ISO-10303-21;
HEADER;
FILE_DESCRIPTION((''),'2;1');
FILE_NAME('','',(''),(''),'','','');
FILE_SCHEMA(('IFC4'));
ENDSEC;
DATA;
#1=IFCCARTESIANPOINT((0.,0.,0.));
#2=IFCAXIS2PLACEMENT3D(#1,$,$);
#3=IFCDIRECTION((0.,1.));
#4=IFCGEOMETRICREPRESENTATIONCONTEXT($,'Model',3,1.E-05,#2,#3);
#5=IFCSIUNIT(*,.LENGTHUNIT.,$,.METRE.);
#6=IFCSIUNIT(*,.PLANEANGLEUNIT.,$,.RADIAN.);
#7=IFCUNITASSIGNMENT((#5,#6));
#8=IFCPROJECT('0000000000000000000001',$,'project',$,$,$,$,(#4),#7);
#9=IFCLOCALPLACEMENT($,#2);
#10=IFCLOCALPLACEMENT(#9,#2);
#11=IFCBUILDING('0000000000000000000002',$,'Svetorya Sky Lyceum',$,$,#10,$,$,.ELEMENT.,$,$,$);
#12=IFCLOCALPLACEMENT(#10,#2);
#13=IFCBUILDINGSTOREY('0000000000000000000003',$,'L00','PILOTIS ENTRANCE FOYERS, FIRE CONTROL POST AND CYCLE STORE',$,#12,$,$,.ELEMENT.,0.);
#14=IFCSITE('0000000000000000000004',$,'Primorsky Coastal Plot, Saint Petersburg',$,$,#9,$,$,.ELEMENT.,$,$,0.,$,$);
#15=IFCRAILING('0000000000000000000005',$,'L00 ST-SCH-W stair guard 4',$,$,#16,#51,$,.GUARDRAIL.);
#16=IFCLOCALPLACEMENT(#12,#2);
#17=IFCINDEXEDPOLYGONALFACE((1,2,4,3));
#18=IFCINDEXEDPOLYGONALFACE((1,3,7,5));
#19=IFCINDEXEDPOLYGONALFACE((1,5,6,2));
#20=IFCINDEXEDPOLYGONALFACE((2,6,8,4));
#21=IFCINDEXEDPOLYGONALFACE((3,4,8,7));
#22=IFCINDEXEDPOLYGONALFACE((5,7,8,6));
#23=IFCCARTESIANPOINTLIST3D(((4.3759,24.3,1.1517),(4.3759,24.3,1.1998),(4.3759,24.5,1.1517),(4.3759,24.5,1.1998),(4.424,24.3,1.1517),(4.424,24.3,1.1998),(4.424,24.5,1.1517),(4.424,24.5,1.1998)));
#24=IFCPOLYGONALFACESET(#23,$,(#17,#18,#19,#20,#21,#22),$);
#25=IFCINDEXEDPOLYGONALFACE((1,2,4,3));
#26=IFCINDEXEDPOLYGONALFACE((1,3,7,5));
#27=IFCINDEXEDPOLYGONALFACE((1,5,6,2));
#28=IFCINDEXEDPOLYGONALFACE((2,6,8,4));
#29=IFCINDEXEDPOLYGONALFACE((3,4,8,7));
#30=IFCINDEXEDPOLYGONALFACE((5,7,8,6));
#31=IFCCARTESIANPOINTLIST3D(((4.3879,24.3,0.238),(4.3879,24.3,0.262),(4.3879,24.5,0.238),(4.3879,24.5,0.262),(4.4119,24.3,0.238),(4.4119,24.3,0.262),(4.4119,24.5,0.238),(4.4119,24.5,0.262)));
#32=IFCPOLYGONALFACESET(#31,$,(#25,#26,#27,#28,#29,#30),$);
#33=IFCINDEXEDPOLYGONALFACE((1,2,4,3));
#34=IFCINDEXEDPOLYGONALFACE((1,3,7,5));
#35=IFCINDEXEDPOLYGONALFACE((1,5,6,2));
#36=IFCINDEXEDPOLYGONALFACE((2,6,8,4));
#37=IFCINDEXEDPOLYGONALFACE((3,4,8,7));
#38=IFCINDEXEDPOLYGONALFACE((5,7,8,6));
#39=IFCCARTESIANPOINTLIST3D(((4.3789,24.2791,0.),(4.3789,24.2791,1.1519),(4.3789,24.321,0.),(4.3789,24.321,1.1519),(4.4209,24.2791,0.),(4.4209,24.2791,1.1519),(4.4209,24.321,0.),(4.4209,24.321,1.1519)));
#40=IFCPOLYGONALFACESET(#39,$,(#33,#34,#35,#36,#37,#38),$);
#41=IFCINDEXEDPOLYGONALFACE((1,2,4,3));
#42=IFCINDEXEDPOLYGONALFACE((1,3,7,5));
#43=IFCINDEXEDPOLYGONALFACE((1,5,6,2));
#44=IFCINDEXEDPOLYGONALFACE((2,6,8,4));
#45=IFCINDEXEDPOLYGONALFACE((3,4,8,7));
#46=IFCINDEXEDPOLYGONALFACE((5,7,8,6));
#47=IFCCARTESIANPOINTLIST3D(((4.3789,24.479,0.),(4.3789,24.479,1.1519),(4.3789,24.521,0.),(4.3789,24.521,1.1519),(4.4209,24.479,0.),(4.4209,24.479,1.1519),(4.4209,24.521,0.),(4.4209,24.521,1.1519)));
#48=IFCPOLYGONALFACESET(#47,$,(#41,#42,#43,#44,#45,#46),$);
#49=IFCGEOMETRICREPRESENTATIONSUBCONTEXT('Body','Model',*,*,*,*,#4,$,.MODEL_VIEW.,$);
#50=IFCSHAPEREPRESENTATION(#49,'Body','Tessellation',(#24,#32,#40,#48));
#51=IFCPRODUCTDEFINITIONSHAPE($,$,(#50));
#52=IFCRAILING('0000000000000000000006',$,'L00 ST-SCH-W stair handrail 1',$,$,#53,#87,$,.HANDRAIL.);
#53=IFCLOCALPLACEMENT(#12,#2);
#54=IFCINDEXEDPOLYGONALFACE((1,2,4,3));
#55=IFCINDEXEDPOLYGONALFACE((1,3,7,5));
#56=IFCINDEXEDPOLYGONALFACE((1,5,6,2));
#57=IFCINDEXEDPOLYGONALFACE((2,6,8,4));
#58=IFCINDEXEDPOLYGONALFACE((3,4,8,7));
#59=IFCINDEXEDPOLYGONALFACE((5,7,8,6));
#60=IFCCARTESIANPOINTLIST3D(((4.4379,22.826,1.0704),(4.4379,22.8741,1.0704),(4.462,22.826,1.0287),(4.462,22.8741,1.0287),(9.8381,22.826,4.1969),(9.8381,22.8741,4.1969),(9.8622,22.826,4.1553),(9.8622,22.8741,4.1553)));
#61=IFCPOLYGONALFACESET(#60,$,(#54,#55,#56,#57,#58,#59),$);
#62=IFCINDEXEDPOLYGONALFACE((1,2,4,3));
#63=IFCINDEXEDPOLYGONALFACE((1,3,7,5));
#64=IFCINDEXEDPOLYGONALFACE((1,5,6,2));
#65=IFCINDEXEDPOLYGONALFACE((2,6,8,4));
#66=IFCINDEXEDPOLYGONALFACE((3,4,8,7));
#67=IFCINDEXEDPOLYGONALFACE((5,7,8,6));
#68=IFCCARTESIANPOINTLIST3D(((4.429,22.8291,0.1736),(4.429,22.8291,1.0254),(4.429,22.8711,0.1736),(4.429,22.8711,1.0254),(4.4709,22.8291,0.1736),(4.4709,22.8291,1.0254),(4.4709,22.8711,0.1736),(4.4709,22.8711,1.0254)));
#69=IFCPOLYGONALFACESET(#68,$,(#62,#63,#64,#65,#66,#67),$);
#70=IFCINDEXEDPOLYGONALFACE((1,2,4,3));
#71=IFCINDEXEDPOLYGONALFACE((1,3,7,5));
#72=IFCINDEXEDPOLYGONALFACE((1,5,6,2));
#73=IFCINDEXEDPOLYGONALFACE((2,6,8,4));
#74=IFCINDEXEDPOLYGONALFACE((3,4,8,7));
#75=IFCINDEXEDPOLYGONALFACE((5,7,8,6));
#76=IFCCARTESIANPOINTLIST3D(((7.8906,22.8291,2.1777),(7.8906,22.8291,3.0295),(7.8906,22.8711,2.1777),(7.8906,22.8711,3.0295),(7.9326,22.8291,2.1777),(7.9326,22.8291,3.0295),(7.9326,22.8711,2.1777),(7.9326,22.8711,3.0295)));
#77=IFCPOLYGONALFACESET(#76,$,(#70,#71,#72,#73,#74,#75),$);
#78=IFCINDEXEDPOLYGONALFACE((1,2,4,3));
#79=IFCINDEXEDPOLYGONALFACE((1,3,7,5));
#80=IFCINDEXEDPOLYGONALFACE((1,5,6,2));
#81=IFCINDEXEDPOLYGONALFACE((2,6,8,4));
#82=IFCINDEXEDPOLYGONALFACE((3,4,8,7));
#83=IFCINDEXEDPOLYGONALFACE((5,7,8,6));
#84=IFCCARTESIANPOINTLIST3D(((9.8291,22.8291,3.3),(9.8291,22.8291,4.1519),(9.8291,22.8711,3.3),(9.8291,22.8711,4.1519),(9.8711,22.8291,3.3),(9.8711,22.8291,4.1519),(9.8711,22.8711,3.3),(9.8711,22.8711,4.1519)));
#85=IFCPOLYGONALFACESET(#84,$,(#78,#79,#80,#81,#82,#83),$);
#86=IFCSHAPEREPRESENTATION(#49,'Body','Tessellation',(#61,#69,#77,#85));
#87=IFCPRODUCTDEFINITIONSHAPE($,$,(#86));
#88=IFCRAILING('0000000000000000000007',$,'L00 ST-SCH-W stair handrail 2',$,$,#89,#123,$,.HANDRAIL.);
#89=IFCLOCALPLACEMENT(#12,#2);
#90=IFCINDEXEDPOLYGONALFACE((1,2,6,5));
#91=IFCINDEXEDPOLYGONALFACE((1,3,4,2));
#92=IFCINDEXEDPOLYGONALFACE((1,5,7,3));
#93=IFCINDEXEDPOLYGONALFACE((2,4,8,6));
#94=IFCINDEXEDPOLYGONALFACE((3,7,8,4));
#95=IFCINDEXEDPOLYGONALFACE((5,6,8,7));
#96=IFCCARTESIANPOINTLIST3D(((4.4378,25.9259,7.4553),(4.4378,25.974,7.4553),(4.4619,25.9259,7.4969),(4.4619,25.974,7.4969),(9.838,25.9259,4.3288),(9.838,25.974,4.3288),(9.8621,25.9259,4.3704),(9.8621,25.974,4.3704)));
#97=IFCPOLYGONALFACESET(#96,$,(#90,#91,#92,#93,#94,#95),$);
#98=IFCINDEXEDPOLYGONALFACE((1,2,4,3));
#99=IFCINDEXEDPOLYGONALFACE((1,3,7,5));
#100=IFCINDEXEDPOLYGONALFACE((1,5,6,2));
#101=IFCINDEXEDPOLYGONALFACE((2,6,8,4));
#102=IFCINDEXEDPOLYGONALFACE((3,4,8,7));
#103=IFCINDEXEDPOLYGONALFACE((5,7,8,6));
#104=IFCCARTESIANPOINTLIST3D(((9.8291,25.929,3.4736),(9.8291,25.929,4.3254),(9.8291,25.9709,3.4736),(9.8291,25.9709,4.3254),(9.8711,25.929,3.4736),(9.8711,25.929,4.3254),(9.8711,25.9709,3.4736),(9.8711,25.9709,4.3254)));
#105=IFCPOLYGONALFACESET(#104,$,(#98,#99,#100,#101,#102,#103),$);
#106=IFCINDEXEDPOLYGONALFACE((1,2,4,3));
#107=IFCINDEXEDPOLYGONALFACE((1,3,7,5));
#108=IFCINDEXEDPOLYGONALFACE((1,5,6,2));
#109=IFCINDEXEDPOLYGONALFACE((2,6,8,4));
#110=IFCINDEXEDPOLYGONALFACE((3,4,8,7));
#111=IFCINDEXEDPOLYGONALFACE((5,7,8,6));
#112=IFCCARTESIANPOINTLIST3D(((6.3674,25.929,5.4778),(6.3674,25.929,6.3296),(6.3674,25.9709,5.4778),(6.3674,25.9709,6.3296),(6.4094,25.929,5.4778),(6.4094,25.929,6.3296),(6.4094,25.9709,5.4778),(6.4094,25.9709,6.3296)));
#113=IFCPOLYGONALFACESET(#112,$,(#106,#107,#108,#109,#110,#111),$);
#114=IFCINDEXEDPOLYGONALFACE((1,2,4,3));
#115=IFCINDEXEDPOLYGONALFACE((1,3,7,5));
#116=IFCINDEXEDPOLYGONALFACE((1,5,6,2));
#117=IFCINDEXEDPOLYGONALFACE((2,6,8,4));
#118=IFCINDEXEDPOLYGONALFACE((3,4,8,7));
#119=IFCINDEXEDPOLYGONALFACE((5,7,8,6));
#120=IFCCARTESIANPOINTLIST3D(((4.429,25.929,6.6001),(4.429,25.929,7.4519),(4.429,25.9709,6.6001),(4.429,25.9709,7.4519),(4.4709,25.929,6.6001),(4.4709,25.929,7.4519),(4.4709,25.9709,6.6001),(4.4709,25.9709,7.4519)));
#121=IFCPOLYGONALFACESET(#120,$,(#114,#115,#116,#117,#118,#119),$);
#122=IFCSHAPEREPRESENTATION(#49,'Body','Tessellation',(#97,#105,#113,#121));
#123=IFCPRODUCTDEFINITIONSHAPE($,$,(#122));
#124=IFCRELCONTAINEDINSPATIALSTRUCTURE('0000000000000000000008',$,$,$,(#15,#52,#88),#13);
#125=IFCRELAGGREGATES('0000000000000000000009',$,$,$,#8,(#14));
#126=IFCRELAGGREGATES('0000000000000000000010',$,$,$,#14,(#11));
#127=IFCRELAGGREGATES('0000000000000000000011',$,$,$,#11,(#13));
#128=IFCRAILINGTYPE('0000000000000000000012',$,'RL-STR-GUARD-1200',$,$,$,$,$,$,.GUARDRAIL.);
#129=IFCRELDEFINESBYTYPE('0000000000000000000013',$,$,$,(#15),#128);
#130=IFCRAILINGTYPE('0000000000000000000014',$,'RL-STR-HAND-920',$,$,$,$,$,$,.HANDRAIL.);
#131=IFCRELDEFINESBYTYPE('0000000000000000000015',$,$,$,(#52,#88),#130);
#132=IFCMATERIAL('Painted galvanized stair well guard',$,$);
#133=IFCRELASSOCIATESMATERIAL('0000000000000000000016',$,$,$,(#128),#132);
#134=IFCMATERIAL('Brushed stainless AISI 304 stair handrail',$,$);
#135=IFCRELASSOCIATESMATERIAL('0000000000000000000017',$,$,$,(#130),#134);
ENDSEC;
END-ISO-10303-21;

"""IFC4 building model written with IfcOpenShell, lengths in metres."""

from ifc_helpers import new_model, si_unit, direction, frame, origin, origin_2d, place, context, subcontext, project, spatial, rectangle, extrude, material, type_object, element, save


model = new_model("IFC4")

# Units and contexts
model_context = context("Model", 3, precision=1e-05, world=origin(), true_north=direction((0.0, 1.0)))
body_context = subcontext(model_context, "Body", "Model", "MODEL_VIEW")
ifc_project = project(units=[si_unit("LENGTHUNIT", "METRE"), si_unit("PLANEANGLEUNIT", "RADIAN")], contexts=[model_context])

# Site, building, storey
site_placement = place(None, origin())
site = spatial("IfcSite", under=ifc_project, at=site_placement, Name="Primorsky Coastal Plot, Saint Petersburg", CompositionType="ELEMENT", RefElevation=0.0)
building_placement = place(site_placement, origin())
building = spatial("IfcBuilding", under=site, at=building_placement, Name="Svetorya Sky Lyceum", CompositionType="ELEMENT")
storey_placement = place(building_placement, origin())
storey = spatial("IfcBuildingStorey", under=building, at=storey_placement, Name="L00", Description="PILOTIS ENTRANCE FOYERS, FIRE CONTROL POST AND CYCLE STORE", CompositionType="ELEMENT", Elevation=0.0)

# Railings
ifc_material_1 = material(Name="Painted galvanized stair well guard")
railing_type_1 = type_object("IfcRailingType", Name="RL-STR-GUARD-1200", PredefinedType="GUARDRAIL", material=ifc_material_1)
railing_1_placement = place(storey_placement, frame((4.3999, 24.3, 0.0)))
element("IfcRailing", 1, at=railing_1_placement, inside=storey, type_object=railing_type_1, Name="L00 ST-SCH-W stair guard 4", PredefinedType="GUARDRAIL", context=body_context, shape_type="SweptSolid", body=[
    extrude(rectangle(XDim=0.0481, YDim=0.0481, at=origin_2d()), frame((0.0, 0.0, 1.1758), z_axis=(0.0, 1.0, 0.0), x_axis=(-1.0, 0.0, 0.0)), (0.0, 0.0, 1.0), 0.2),
    extrude(rectangle(XDim=0.0239, YDim=0.0239, at=origin_2d()), frame((0.0, 0.0, 0.25), z_axis=(0.0, 1.0, 0.0), x_axis=(-1.0, 0.0, 0.0)), (0.0, 0.0, 1.0), 0.2),
    extrude(rectangle(XDim=0.042, YDim=0.042, at=origin_2d()), origin(), (0.0, 0.0, 1.0), 1.1519),
    extrude(rectangle(XDim=0.042, YDim=0.042, at=origin_2d()), frame((0.0, 0.2, 0.0)), (0.0, 0.0, 1.0), 1.1519),
])
ifc_material_2 = material(Name="Brushed stainless AISI 304 stair handrail")
railing_type_2 = type_object("IfcRailingType", Name="RL-STR-HAND-920", PredefinedType="HANDRAIL", material=ifc_material_2)
railing_2_placement = place(storey_placement, frame((4.45, 22.8501, 0.1736)))
element("IfcRailing", 2, at=railing_2_placement, inside=storey, type_object=railing_type_2, Name="L00 ST-SCH-W stair handrail 1", PredefinedType="HANDRAIL", context=body_context, shape_type="SweptSolid", body=[
    extrude(rectangle(XDim=0.0481, YDim=0.0481, at=origin_2d()), frame((0.0, 0.0, 0.876), z_axis=(0.865422, 0.0, 0.501044), x_axis=(0.0, 1.0, 0.0)), (0.0, 0.0, 1.0), 6.24),
    extrude(rectangle(XDim=0.042, YDim=0.042, at=origin_2d()), origin(), (0.0, 0.0, 1.0), 0.8518),
    extrude(rectangle(XDim=0.042, YDim=0.042, at=origin_2d()), frame((3.4617, 0.0, 2.0042)), (0.0, 0.0, 1.0), 0.8518),
    extrude(rectangle(XDim=0.042, YDim=0.042, at=origin_2d()), frame((5.4001, 0.0, 3.1265)), (0.0, 0.0, 1.0), 0.8518),
])
railing_3_placement = place(storey_placement, frame((9.8501, 25.95, 3.4736)))
element("IfcRailing", 3, at=railing_3_placement, inside=storey, type_object=railing_type_2, Name="L00 ST-SCH-W stair handrail 2", PredefinedType="HANDRAIL", context=body_context, shape_type="SweptSolid", body=[
    extrude(rectangle(XDim=0.0481, YDim=0.0481, at=origin_2d()), frame((0.0, 0.0, 0.876), z_axis=(-0.865422, 0.0, 0.501044), x_axis=(0.0, -1.0, 0.0)), (0.0, 0.0, 1.0), 6.24),
    extrude(rectangle(XDim=0.042, YDim=0.042, at=origin_2d()), origin(), (0.0, 0.0, 1.0), 0.8518),
    extrude(rectangle(XDim=0.042, YDim=0.042, at=origin_2d()), frame((-3.4617, 0.0, 2.0042)), (0.0, 0.0, 1.0), 0.8518),
    extrude(rectangle(XDim=0.042, YDim=0.042, at=origin_2d()), frame((-5.4001, 0.0, 3.1265)), (0.0, 0.0, 1.0), 0.8518),
])

save(model, "model.ifc")
